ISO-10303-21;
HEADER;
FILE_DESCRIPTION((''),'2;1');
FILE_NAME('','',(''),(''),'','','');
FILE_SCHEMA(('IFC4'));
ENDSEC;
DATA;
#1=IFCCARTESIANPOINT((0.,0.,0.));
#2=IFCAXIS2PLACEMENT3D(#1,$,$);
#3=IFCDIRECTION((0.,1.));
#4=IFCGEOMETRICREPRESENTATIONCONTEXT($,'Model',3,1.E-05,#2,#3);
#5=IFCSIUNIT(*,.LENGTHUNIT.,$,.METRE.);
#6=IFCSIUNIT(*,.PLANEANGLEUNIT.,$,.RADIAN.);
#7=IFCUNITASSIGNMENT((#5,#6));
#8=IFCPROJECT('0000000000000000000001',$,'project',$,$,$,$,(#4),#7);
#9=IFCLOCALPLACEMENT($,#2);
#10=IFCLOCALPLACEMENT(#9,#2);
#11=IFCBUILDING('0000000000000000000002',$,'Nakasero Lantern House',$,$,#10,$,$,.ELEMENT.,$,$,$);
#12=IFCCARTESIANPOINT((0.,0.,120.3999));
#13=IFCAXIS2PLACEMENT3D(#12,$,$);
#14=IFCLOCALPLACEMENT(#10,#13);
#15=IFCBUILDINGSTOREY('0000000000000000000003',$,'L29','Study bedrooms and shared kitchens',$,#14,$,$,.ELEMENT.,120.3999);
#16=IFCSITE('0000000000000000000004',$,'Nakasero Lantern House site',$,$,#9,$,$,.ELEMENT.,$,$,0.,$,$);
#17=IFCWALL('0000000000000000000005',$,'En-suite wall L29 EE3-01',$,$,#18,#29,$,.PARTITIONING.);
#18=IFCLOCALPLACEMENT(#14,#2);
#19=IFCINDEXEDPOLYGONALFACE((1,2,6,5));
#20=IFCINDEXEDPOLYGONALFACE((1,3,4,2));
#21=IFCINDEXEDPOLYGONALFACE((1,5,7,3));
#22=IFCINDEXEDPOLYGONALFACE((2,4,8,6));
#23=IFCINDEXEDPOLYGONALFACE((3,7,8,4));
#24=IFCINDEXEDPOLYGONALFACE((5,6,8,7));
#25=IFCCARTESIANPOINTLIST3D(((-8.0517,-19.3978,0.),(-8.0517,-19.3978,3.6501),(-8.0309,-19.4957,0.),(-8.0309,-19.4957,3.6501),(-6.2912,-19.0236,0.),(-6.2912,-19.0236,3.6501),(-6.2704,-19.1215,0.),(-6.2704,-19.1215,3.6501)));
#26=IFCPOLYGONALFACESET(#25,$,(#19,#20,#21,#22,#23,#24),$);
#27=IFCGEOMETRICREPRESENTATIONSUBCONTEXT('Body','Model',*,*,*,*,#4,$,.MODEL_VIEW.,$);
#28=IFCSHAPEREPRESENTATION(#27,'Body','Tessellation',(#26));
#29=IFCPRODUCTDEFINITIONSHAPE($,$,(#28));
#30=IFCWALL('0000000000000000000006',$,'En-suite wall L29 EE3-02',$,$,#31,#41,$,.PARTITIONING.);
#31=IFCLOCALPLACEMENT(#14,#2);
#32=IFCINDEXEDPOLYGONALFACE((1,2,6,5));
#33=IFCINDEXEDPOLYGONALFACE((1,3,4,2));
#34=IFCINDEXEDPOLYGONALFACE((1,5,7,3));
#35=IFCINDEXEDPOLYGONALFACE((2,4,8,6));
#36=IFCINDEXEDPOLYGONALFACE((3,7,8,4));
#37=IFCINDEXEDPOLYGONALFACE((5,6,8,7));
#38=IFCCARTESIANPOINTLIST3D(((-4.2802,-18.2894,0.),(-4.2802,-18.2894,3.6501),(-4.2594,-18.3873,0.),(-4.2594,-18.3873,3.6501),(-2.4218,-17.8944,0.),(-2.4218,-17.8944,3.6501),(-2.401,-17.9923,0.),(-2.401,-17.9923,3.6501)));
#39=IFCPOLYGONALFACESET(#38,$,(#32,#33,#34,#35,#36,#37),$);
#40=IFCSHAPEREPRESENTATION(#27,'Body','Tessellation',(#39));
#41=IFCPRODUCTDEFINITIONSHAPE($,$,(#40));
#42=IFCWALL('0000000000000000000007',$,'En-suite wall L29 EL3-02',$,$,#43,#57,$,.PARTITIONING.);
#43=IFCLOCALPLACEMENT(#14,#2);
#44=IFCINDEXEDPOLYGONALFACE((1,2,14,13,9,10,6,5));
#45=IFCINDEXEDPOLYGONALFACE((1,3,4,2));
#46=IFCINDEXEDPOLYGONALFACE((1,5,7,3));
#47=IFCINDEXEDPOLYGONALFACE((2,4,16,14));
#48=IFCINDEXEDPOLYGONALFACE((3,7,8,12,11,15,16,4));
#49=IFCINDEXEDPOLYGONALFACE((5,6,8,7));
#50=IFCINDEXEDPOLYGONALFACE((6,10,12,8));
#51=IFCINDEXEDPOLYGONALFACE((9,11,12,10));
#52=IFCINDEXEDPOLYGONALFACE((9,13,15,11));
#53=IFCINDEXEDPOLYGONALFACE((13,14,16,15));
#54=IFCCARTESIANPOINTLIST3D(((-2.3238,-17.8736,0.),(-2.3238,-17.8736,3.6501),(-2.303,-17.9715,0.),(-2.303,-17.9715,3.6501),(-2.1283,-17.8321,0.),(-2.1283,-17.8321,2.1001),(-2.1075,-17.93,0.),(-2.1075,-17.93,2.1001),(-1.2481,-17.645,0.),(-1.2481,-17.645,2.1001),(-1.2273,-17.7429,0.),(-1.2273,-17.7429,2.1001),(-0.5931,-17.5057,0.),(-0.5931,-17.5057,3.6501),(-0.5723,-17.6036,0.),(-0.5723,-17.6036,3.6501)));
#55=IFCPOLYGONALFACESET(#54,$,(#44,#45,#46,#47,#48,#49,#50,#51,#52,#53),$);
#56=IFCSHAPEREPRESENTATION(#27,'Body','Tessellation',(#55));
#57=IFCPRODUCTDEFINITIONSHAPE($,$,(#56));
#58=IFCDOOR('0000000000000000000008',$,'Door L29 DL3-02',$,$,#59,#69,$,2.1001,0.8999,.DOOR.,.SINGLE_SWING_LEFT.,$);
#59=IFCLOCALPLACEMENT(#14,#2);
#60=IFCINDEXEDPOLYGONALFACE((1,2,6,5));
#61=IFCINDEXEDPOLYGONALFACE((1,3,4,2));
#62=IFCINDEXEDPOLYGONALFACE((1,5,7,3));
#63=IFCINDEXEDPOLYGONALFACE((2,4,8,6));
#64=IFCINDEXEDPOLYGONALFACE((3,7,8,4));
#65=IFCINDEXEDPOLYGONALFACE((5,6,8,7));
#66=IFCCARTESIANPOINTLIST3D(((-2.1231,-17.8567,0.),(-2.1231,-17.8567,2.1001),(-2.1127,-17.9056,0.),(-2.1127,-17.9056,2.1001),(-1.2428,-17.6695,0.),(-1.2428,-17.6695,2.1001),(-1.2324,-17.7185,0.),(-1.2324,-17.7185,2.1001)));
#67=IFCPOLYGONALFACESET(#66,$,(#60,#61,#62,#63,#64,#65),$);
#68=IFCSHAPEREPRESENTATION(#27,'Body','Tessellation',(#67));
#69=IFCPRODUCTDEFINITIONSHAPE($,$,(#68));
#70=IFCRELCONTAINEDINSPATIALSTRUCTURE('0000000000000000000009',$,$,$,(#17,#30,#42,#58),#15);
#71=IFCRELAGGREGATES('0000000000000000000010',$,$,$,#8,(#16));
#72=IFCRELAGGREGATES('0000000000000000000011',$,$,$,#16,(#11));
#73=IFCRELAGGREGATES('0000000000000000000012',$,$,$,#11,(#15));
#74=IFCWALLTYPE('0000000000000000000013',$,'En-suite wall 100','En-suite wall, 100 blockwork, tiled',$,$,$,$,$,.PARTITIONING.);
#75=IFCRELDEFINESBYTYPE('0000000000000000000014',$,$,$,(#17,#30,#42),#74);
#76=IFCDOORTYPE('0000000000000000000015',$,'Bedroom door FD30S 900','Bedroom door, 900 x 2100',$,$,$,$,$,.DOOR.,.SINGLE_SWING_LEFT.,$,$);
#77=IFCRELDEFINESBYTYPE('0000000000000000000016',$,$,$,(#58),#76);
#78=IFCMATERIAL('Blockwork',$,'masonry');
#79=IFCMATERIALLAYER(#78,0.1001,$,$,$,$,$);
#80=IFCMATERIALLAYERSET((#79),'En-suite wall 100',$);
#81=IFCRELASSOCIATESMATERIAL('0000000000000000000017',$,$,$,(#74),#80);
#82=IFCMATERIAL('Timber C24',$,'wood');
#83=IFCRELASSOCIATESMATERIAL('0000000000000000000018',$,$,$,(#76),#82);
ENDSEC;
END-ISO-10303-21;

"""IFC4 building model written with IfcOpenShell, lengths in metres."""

from ifc_helpers import new_model, si_unit, direction, frame, frame_2d, origin, place, context, subcontext, project, spatial, rectangle, extrude, material, layer, layer_set, type_object, element, fill, save


model = new_model("IFC4")

# Units and contexts
model_context = context("Model", 3, precision=1e-05, world=origin(), true_north=direction((0.0, 1.0)))
body_context = subcontext(model_context, "Body", "Model", "MODEL_VIEW")
ifc_project = project(units=[si_unit("LENGTHUNIT", "METRE"), si_unit("PLANEANGLEUNIT", "RADIAN")], contexts=[model_context])

# Site, building, storey
site_placement = place(None, origin())
site = spatial("IfcSite", under=ifc_project, at=site_placement, Name="Nakasero Lantern House site", CompositionType="ELEMENT", RefElevation=0.0)
building_placement = place(site_placement, origin())
building = spatial("IfcBuilding", under=site, at=building_placement, Name="Nakasero Lantern House", CompositionType="ELEMENT")
storey_placement = place(building_placement, frame((0.0, 0.0, 120.3999)))
storey = spatial("IfcBuildingStorey", under=building, at=storey_placement, Name="L29", Description="Study bedrooms and shared kitchens", CompositionType="ELEMENT", Elevation=120.3999)

# Shared definitions
ifc_material_1 = material(Name="Blockwork", Category="masonry")
ifc_layer_1 = layer(ifc_material_1, 0.1001)
ifc_layer_set_1 = layer_set([ifc_layer_1], Name="En-suite wall 100")
wall_type_1 = type_object("IfcWallType", Name="En-suite wall 100", Description="En-suite wall, 100 blockwork, tiled", PredefinedType="PARTITIONING", material=ifc_layer_set_1)

# Walls
wall_1_placement = place(storey_placement, frame((-8.0413, -19.4468, 0.0), z_axis=(0.0, 0.0, 1.0), x_axis=(0.978141, 0.207945, 0.0)))
element("IfcWall", 1, at=wall_1_placement, inside=storey, type_object=wall_type_1, Name="En-suite wall L29 EE3-01", PredefinedType="PARTITIONING", context=body_context, shape_type="SweptSolid", body=[
    extrude(rectangle(XDim=1.7998, YDim=0.1001, at=frame_2d((0.8999, 0.0))), origin(), (0.0, 0.0, 1.0), 3.6501),
])
wall_2_placement = place(storey_placement, frame((-4.2698, -18.3384, 0.0), z_axis=(0.0, 0.0, 1.0), x_axis=(0.978147, 0.207914, 0.0)))
element("IfcWall", 2, at=wall_2_placement, inside=storey, type_object=wall_type_1, Name="En-suite wall L29 EE3-02", PredefinedType="PARTITIONING", context=body_context, shape_type="SweptSolid", body=[
    extrude(rectangle(XDim=1.8999, YDim=0.1001, at=frame_2d((0.95, 0.0))), origin(), (0.0, 0.0, 1.0), 3.6501),
])

# Wall, opening, door
wall_3_placement = place(storey_placement, frame((-2.3135, -17.9226, 0.0), z_axis=(0.0, 0.0, 1.0), x_axis=(0.978142, 0.207936, 0.0)))
wall_3 = element("IfcWall", 3, at=wall_3_placement, inside=storey, type_object=wall_type_1, Name="En-suite wall L29 EL3-02", PredefinedType="PARTITIONING", context=body_context, shape_type="SweptSolid", body=[
    extrude(rectangle(XDim=1.7693, YDim=0.1001, at=frame_2d((0.8848, 0.0))), origin(), (0.0, 0.0, 1.0), 3.6501),
])
opening_1_placement = place(wall_3_placement, frame((0.2, 0.0, 0.0)))
opening_1 = element("IfcOpeningElement", 4, at=opening_1_placement, cuts=wall_3, PredefinedType="OPENING", context=body_context, shape_type="SweptSolid", body=[
    extrude(rectangle(XDim=0.8999, YDim=2.1001, at=frame_2d((0.45, 1.05))), frame((0.0, 0.0701, 0.0), z_axis=(0.0, -1.0, 0.0), x_axis=(1.0, 0.0, 0.0)), (0.0, 0.0, 1.0), 0.1401),
])
ifc_material_2 = material(Name="Timber C24", Category="wood")
door_type_1 = type_object("IfcDoorType", Name="Bedroom door FD30S 900", Description="Bedroom door, 900 x 2100", OperationType="SINGLE_SWING_LEFT", PredefinedType="DOOR", material=ifc_material_2)
door_1_placement = place(opening_1_placement, origin())
door_1 = element("IfcDoor", 5, at=door_1_placement, inside=storey, type_object=door_type_1, Name="Door L29 DL3-02", OperationType="SINGLE_SWING_LEFT", OverallHeight=2.1001, OverallWidth=0.8999, PredefinedType="DOOR", context=body_context, shape_type="SweptSolid", body=[
    extrude(rectangle(XDim=0.8999, YDim=2.1001, at=frame_2d((0.45, 1.05))), frame((0.0, 0.0249, 0.0), z_axis=(0.0, -1.0, 0.0), x_axis=(1.0, 0.0, 0.0)), (0.0, 0.0, 1.0), 0.05),
])
fill(opening_1, door_1)

save(model, "model.ifc")
